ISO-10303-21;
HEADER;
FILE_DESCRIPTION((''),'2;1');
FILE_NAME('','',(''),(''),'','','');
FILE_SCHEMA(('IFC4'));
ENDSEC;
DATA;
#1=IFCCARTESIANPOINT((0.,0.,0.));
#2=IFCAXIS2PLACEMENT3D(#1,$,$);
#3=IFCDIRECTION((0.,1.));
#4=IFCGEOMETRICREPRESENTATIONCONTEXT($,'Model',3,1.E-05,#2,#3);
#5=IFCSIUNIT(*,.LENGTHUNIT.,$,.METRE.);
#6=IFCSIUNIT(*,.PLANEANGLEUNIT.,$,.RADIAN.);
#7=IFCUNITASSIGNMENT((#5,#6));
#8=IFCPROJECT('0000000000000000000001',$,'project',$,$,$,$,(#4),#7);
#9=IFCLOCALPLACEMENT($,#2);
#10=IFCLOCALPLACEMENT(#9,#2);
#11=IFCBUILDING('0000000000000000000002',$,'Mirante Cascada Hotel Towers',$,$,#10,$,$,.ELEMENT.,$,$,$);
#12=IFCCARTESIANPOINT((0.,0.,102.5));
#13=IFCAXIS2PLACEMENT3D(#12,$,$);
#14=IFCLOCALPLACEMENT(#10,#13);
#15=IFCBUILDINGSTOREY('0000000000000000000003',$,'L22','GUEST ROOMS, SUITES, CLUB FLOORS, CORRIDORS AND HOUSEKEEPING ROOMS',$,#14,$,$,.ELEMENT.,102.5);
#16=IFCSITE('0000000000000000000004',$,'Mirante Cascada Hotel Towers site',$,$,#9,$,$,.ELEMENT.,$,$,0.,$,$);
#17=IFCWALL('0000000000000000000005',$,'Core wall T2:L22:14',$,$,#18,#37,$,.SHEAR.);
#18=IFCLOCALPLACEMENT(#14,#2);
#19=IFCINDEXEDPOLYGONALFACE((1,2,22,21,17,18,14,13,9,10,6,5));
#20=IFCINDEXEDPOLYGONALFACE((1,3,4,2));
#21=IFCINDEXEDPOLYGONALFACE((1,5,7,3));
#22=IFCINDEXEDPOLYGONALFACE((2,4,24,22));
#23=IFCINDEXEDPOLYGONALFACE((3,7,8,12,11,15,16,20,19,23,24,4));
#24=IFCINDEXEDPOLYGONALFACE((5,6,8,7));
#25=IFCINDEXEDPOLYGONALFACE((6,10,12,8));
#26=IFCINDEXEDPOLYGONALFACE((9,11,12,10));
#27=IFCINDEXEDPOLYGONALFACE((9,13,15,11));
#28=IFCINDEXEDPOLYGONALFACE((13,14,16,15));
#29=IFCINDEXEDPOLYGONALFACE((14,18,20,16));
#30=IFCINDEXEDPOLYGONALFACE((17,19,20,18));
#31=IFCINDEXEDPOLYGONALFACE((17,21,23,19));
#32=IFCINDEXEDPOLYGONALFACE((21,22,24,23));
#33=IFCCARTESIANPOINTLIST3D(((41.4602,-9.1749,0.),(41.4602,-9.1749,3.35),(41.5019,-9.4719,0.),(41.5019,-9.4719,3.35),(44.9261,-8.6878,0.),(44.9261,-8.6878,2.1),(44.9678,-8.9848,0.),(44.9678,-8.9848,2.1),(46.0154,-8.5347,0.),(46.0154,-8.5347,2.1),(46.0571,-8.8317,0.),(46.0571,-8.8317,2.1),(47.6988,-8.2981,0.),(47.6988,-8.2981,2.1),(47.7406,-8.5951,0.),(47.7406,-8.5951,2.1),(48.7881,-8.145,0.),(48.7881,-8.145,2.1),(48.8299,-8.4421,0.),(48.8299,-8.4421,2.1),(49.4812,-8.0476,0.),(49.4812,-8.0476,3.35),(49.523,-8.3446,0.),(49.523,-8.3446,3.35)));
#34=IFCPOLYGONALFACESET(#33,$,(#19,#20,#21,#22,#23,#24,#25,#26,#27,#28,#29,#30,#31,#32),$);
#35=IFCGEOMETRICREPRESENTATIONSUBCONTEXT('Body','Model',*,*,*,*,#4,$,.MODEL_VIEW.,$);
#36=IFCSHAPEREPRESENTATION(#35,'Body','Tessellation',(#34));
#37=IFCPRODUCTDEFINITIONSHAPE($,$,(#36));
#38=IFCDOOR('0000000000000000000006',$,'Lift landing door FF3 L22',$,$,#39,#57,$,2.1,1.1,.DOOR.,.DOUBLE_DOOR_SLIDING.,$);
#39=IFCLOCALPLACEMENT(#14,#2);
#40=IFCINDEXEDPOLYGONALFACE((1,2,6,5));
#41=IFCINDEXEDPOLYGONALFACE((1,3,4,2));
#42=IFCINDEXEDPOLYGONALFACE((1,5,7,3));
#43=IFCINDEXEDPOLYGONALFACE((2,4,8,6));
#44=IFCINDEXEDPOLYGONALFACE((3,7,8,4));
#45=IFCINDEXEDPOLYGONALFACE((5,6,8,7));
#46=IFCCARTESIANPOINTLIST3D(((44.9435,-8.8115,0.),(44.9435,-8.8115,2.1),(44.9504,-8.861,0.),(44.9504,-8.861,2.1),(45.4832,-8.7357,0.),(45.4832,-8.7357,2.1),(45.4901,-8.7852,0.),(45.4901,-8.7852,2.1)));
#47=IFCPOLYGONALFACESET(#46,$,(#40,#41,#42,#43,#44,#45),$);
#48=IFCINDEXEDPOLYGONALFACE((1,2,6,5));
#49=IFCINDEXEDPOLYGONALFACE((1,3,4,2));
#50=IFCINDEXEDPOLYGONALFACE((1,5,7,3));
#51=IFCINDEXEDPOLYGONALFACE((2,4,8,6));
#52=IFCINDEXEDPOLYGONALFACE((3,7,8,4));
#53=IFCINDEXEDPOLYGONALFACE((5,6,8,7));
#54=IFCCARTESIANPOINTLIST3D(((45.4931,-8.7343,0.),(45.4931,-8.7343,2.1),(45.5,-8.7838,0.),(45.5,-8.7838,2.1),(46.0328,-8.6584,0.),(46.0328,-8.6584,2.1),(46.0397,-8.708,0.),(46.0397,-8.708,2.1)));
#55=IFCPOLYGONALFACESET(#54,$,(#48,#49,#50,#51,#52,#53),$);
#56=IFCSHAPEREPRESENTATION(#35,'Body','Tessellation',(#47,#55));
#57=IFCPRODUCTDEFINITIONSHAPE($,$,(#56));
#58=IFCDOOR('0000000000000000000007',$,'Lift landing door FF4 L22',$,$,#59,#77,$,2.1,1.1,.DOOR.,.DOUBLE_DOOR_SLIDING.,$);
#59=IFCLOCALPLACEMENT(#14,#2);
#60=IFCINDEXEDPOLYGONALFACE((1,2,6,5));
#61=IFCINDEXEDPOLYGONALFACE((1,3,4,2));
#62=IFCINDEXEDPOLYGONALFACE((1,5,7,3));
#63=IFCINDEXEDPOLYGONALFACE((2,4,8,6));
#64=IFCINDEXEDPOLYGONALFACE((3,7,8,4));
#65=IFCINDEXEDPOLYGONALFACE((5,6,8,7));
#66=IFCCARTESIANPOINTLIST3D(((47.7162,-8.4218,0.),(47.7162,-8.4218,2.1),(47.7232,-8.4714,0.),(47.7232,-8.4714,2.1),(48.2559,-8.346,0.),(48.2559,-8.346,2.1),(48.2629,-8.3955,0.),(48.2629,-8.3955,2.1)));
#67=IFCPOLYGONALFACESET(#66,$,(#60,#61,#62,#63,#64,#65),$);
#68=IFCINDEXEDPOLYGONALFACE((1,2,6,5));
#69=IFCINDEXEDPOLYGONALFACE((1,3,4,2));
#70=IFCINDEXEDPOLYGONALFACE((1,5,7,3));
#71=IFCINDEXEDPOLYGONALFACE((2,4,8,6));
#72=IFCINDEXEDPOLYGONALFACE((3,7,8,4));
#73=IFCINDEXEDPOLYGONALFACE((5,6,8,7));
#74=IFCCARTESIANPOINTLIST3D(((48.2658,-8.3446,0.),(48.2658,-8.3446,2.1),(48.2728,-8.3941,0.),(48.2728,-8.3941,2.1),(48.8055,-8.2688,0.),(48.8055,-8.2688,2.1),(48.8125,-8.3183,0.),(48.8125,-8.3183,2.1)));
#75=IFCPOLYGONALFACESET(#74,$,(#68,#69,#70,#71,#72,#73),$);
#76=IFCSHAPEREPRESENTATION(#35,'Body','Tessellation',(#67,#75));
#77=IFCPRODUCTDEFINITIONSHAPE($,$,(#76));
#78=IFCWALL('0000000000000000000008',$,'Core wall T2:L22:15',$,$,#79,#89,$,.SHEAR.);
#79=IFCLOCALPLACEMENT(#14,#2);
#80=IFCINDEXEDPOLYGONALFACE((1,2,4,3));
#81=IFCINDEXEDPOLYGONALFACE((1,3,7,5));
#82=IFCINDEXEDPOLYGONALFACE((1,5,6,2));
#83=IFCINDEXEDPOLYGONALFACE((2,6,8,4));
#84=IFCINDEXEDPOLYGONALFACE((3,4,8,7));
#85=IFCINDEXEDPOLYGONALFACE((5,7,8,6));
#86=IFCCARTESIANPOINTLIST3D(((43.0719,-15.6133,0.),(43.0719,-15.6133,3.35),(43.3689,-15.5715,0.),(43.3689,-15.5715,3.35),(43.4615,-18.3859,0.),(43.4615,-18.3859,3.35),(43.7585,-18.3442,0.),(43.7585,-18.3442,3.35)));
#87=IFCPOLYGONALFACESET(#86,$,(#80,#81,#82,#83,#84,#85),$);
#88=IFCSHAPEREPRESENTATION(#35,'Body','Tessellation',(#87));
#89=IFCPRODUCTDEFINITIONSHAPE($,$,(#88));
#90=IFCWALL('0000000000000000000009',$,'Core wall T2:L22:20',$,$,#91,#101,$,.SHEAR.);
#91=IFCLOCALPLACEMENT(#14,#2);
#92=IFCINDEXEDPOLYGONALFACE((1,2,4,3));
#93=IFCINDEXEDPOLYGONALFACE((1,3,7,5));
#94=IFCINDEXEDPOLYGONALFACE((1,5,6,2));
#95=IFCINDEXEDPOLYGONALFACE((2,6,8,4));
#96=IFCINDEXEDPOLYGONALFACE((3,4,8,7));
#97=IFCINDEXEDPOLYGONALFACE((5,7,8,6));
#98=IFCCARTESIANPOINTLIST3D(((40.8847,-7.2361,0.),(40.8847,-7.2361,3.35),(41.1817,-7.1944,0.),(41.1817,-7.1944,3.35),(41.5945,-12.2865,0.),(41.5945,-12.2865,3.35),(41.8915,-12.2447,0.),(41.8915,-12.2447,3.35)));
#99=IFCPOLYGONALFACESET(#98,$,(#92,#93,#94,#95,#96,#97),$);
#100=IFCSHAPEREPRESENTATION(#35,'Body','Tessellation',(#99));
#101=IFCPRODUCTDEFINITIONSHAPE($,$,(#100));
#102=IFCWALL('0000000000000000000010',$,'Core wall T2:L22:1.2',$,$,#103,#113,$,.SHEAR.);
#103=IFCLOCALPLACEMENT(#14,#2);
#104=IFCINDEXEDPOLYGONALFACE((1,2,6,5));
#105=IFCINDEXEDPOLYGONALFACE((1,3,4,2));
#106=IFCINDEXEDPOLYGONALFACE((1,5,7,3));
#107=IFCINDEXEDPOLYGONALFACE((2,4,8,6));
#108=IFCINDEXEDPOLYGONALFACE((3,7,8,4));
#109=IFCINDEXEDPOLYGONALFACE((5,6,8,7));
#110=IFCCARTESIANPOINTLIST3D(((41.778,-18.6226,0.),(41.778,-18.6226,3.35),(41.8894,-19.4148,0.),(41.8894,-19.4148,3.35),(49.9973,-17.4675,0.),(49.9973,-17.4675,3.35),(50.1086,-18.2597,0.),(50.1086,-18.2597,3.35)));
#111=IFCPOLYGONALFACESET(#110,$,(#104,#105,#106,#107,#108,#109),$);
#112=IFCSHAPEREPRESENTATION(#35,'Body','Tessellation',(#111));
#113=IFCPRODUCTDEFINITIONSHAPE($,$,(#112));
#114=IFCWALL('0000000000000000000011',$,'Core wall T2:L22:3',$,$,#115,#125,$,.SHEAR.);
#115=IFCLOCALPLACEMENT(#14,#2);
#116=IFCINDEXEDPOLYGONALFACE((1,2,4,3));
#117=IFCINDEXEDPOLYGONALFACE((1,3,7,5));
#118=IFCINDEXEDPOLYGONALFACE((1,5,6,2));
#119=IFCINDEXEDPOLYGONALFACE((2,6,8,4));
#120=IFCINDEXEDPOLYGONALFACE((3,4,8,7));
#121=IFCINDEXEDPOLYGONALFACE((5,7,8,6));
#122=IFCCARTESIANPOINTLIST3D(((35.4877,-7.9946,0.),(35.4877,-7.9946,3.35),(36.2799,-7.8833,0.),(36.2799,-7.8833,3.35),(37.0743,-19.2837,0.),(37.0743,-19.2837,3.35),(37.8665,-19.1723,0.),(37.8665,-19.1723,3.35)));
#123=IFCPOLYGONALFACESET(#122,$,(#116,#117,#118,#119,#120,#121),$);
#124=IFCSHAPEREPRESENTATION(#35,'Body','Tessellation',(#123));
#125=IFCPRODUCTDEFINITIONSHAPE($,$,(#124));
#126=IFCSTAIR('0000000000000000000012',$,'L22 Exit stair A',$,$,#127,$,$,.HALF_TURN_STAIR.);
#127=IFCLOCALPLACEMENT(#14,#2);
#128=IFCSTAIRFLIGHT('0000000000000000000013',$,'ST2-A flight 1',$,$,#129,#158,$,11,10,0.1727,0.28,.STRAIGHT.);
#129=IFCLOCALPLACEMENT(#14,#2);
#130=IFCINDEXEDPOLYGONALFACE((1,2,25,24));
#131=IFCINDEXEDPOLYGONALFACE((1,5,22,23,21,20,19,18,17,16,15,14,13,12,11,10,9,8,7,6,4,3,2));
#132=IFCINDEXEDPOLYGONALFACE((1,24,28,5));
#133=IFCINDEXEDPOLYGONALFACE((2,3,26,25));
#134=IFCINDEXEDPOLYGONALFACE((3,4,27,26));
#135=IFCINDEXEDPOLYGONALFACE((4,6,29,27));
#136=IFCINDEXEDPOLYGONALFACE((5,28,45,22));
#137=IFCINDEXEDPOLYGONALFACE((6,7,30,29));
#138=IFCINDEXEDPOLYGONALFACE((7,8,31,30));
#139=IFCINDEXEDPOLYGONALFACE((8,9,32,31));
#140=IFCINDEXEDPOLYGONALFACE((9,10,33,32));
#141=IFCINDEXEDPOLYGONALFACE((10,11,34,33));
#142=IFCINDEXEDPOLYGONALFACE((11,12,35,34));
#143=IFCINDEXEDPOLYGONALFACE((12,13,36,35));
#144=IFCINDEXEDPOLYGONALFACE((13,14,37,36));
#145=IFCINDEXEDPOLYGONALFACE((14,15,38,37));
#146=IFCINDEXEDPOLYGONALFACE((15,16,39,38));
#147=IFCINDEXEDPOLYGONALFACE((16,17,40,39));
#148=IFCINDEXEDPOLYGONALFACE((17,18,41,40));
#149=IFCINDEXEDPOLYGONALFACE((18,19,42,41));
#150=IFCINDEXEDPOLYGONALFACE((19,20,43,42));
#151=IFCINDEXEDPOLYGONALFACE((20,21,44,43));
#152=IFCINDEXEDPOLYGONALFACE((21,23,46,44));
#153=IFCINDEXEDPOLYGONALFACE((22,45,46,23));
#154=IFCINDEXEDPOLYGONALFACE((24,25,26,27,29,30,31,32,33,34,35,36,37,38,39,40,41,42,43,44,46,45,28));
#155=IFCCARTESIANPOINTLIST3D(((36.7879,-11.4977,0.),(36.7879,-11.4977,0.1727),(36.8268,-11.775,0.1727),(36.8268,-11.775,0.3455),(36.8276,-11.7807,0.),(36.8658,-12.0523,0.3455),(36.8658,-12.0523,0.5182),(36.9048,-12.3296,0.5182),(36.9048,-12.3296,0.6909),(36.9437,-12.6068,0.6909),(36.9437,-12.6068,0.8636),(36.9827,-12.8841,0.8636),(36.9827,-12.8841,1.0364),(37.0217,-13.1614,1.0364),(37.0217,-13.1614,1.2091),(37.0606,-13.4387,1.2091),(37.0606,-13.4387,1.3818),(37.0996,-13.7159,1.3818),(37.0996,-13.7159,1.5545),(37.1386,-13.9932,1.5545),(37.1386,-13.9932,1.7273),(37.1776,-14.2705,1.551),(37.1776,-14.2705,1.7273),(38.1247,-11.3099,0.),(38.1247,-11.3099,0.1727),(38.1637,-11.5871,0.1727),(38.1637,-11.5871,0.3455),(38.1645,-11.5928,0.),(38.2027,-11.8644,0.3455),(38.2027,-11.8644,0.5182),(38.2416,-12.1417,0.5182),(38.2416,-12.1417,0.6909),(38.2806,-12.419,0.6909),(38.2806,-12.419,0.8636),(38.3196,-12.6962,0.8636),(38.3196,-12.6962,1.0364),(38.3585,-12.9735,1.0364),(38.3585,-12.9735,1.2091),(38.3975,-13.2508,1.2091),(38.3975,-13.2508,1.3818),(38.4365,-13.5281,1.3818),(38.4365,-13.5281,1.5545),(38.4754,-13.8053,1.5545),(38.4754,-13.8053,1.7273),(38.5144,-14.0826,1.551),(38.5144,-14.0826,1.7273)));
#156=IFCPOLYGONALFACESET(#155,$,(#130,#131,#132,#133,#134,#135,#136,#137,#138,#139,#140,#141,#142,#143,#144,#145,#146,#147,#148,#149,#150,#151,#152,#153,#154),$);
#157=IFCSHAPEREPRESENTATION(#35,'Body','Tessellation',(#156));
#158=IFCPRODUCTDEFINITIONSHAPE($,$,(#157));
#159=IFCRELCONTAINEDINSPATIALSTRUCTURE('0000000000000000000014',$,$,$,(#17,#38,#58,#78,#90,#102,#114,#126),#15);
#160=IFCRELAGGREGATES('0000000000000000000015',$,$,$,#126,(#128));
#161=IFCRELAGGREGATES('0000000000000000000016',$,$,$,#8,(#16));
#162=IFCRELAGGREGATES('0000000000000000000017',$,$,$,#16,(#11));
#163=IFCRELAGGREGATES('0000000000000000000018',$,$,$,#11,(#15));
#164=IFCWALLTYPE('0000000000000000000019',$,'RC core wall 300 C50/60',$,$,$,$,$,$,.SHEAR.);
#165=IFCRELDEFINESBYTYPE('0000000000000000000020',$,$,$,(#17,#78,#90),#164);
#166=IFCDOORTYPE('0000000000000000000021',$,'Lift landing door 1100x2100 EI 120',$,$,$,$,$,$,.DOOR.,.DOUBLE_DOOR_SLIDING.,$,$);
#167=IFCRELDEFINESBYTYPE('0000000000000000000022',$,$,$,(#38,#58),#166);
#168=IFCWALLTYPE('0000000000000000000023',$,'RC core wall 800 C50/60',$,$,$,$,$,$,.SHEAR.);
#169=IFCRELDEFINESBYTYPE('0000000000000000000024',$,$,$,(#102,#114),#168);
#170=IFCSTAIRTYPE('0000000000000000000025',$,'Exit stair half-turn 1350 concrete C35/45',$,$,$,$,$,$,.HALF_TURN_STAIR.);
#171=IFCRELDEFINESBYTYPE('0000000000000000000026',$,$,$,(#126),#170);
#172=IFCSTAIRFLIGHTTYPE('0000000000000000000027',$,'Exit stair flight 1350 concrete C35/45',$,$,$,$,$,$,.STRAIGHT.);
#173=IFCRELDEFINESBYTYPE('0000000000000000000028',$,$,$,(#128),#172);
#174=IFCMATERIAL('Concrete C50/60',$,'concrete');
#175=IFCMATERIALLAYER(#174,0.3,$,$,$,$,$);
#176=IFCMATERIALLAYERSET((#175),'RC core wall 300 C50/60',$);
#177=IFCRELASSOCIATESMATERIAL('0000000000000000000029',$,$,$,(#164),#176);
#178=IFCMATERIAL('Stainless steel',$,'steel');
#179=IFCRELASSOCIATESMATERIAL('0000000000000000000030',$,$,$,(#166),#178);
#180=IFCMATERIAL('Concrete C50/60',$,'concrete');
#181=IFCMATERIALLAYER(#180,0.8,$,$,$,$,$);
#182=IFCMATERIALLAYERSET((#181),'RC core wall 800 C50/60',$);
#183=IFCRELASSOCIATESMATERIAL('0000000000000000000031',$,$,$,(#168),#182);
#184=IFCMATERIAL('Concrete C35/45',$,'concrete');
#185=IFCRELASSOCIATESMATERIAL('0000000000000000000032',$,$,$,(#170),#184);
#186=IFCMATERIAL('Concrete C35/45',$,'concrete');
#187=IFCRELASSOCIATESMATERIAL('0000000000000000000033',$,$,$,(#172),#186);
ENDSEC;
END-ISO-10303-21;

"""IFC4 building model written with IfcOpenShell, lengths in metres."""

from ifc_helpers import new_model, si_unit, direction, frame, frame_2d, origin, place, context, subcontext, project, spatial, polyline, rectangle, outline, extrude, material, layer, layer_set, type_object, element, fill, aggregate, save


model = new_model("IFC4")

# Units and contexts
model_context = context("Model", 3, precision=1e-05, world=origin(), true_north=direction((0.0, 1.0)))
body_context = subcontext(model_context, "Body", "Model", "MODEL_VIEW")
ifc_project = project(units=[si_unit("LENGTHUNIT", "METRE"), si_unit("PLANEANGLEUNIT", "RADIAN")], contexts=[model_context])

# Site, building, storey
site_placement = place(None, origin())
site = spatial("IfcSite", under=ifc_project, at=site_placement, Name="Mirante Cascada Hotel Towers site", CompositionType="ELEMENT", RefElevation=0.0)
building_placement = place(site_placement, origin())
building = spatial("IfcBuilding", under=site, at=building_placement, Name="Mirante Cascada Hotel Towers", CompositionType="ELEMENT")
storey_placement = place(building_placement, frame((0.0, 0.0, 102.5)))
storey = spatial("IfcBuildingStorey", under=building, at=storey_placement, Name="L22", Description="GUEST ROOMS, SUITES, CLUB FLOORS, CORRIDORS AND HOUSEKEEPING ROOMS", CompositionType="ELEMENT", Elevation=102.5)

# Shared definitions
ifc_material_1 = material(Name="Concrete C50/60", Category="concrete")
ifc_layer_1 = layer(ifc_material_1, 0.3)
ifc_layer_set_1 = layer_set([ifc_layer_1], Name="RC core wall 300 C50/60")
wall_type_1 = type_object("IfcWallType", Name="RC core wall 300 C50/60", PredefinedType="SHEAR", material=ifc_layer_set_1)

# Shared definitions
ifc_material_2 = material(Name="Stainless steel", Category="steel")
door_type_1 = type_object("IfcDoorType", Name="Lift landing door 1100x2100 EI 120", OperationType="DOUBLE_DOOR_SLIDING", PredefinedType="DOOR", material=ifc_material_2)

# Wall, openings, doors
wall_1_placement = place(storey_placement, frame((41.481, -9.3234, 0.0), z_axis=(0.0, 0.0, 1.0), x_axis=(0.990268, 0.139174, 0.0)))
wall_1 = element("IfcWall", 1, at=wall_1_placement, inside=storey, type_object=wall_type_1, Name="Core wall T2:L22:14", PredefinedType="SHEAR", context=body_context, shape_type="SweptSolid", body=[
    extrude(rectangle(XDim=8.0999, YDim=0.3, at=frame_2d((4.05, 0.0))), origin(), (0.0, 0.0, 1.0), 3.35),
])
opening_1_placement = place(wall_1_placement, frame((3.5, 0.0, 0.0)))
opening_1 = element("IfcOpeningElement", 2, at=opening_1_placement, cuts=wall_1, PredefinedType="OPENING", context=body_context, shape_type="SweptSolid", body=[
    extrude(rectangle(XDim=1.1, YDim=2.1, at=frame_2d((0.55, 1.05))), frame((0.0, 0.15, 0.0), z_axis=(0.0, -1.0, 0.0), x_axis=(1.0, 0.0, 0.0)), (0.0, 0.0, 1.0), 0.3),
])
opening_2_placement = place(wall_1_placement, frame((6.3, 0.0, 0.0)))
opening_2 = element("IfcOpeningElement", 3, at=opening_2_placement, cuts=wall_1, PredefinedType="OPENING", context=body_context, shape_type="SweptSolid", body=[
    extrude(rectangle(XDim=1.1, YDim=2.1, at=frame_2d((0.55, 1.05))), frame((0.0, 0.15, 0.0), z_axis=(0.0, -1.0, 0.0), x_axis=(1.0, 0.0, 0.0)), (0.0, 0.0, 1.0), 0.3),
])
door_1_placement = place(opening_1_placement, origin())
door_1 = element("IfcDoor", 4, at=door_1_placement, inside=storey, type_object=door_type_1, Name="Lift landing door FF3 L22", OperationType="DOUBLE_DOOR_SLIDING", OverallHeight=2.1, OverallWidth=1.1, PredefinedType="DOOR", context=body_context, shape_type="SweptSolid", body=[
    extrude(rectangle(XDim=0.545, YDim=2.1, at=frame_2d((0.2725, 1.05))), frame((0.0, 0.025, 0.0), z_axis=(0.0, -1.0, 0.0), x_axis=(1.0, 0.0, 0.0)), (0.0, 0.0, 1.0), 0.05),
    extrude(rectangle(XDim=0.545, YDim=2.1, at=frame_2d((0.8275, 1.05))), frame((0.0, 0.025, 0.0), z_axis=(0.0, -1.0, 0.0), x_axis=(1.0, 0.0, 0.0)), (0.0, 0.0, 1.0), 0.05),
])
fill(opening_1, door_1)
door_2_placement = place(opening_2_placement, origin())
door_2 = element("IfcDoor", 5, at=door_2_placement, inside=storey, type_object=door_type_1, Name="Lift landing door FF4 L22", OperationType="DOUBLE_DOOR_SLIDING", OverallHeight=2.1, OverallWidth=1.1, PredefinedType="DOOR", context=body_context, shape_type="SweptSolid", body=[
    extrude(rectangle(XDim=0.545, YDim=2.1, at=frame_2d((0.2725, 1.05))), frame((0.0, 0.025, 0.0), z_axis=(0.0, -1.0, 0.0), x_axis=(1.0, 0.0, 0.0)), (0.0, 0.0, 1.0), 0.05),
    extrude(rectangle(XDim=0.545, YDim=2.1, at=frame_2d((0.8275, 1.05))), frame((0.0, 0.025, 0.0), z_axis=(0.0, -1.0, 0.0), x_axis=(1.0, 0.0, 0.0)), (0.0, 0.0, 1.0), 0.05),
])
fill(opening_2, door_2)

# Walls
wall_2_placement = place(storey_placement, frame((43.61, -18.3651, 0.0), z_axis=(0.0, 0.0, 1.0), x_axis=(-0.139146, 0.990272, 0.0)))
element("IfcWall", 6, at=wall_2_placement, inside=storey, type_object=wall_type_1, Name="Core wall T2:L22:15", PredefinedType="SHEAR", context=body_context, shape_type="SweptSolid", body=[
    extrude(rectangle(XDim=2.7999, YDim=0.3, at=frame_2d((1.4, 0.0))), origin(), (0.0, 0.0, 1.0), 3.35),
])
wall_3_placement = place(storey_placement, frame((41.743, -12.2656, 0.0), z_axis=(0.0, 0.0, 1.0), x_axis=(-0.139176, 0.990268, 0.0)))
element("IfcWall", 7, at=wall_3_placement, inside=storey, type_object=wall_type_1, Name="Core wall T2:L22:20", PredefinedType="SHEAR", context=body_context, shape_type="SweptSolid", body=[
    extrude(rectangle(XDim=5.1, YDim=0.3, at=frame_2d((2.55, 0.0))), origin(), (0.0, 0.0, 1.0), 3.35),
])
ifc_material_3 = material(Name="Concrete C50/60", Category="concrete")
ifc_layer_2 = layer(ifc_material_3, 0.8)
ifc_layer_set_2 = layer_set([ifc_layer_2], Name="RC core wall 800 C50/60")
wall_type_2 = type_object("IfcWallType", Name="RC core wall 800 C50/60", PredefinedType="SHEAR", material=ifc_layer_set_2)
wall_4_placement = place(storey_placement, frame((41.8337, -19.0187, 0.0), z_axis=(0.0, 0.0, 1.0), x_axis=(0.990269, 0.139169, 0.0)))
element("IfcWall", 8, at=wall_4_placement, inside=storey, type_object=wall_type_2, Name="Core wall T2:L22:1.2", PredefinedType="SHEAR", context=body_context, shape_type="SweptSolid", body=[
    extrude(rectangle(XDim=8.3, YDim=0.8, at=frame_2d((4.15, 0.0))), origin(), (0.0, 0.0, 1.0), 3.35),
])
wall_5_placement = place(storey_placement, frame((37.4704, -19.228, 0.0), z_axis=(0.0, 0.0, 1.0), x_axis=(-0.139175, 0.990268, 0.0)))
element("IfcWall", 9, at=wall_5_placement, inside=storey, type_object=wall_type_2, Name="Core wall T2:L22:3", PredefinedType="SHEAR", context=body_context, shape_type="SweptSolid", body=[
    extrude(rectangle(XDim=11.4, YDim=0.8, at=frame_2d((5.7, 0.0))), origin(), (0.0, 0.0, 1.0), 3.35),
])

# Stair, stair flight
ifc_material_4 = material(Name="Concrete C35/45", Category="concrete")
stair_type = type_object("IfcStairType", Name="Exit stair half-turn 1350 concrete C35/45", PredefinedType="HALF_TURN_STAIR", material=ifc_material_4)
stair_placement = place(storey_placement, origin())
stair = element("IfcStair", 10, at=stair_placement, inside=storey, type_object=stair_type, Name="L22 Exit stair A", PredefinedType="HALF_TURN_STAIR")
ifc_material_5 = material(Name="Concrete C35/45", Category="concrete")
stair_flight_type = type_object("IfcStairFlightType", Name="Exit stair flight 1350 concrete C35/45", PredefinedType="STRAIGHT", material=ifc_material_5)
stair_flight_1_placement = place(storey_placement, frame((37.4563, -11.4038, 0.0), z_axis=(0.0, 0.0, 1.0), x_axis=(0.139173, -0.990268, 0.0)))
stair_flight_1 = element("IfcStairFlight", 11, at=stair_flight_1_placement, type_object=stair_flight_type, Name="ST2-A flight 1", NumberOfRisers=11, NumberOfTreads=10, PredefinedType="STRAIGHT", RiserHeight=0.1727, TreadLength=0.28, context=body_context, shape_type="SweptSolid", body=[
    extrude(outline(polyline([(0.0, 0.0), (0.0, 0.1727), (0.28, 0.1727), (0.28, 0.3455), (0.56, 0.3455), (0.56, 0.5182), (0.84, 0.5182), (0.84, 0.6909), (1.12, 0.6909), (1.12, 0.8636), (1.4, 0.8636), (1.4, 1.0364), (1.68, 1.0364), (1.68, 1.2091), (1.96, 1.2091), (1.96, 1.3818), (2.24, 1.3818), (2.24, 1.5545), (2.52, 1.5545), (2.52, 1.7273), (2.8, 1.7273), (2.8, 1.9), (2.8, 1.551), (0.2857, 0.0), (0.0, 0.0)])), frame((0.0, 0.675, 0.0), z_axis=(0.0, -1.0, 0.0), x_axis=(1.0, 0.0, 0.0)), (0.0, 0.0, 1.0), 1.35),
])
aggregate(stair, [stair_flight_1])

save(model, "model.ifc")
